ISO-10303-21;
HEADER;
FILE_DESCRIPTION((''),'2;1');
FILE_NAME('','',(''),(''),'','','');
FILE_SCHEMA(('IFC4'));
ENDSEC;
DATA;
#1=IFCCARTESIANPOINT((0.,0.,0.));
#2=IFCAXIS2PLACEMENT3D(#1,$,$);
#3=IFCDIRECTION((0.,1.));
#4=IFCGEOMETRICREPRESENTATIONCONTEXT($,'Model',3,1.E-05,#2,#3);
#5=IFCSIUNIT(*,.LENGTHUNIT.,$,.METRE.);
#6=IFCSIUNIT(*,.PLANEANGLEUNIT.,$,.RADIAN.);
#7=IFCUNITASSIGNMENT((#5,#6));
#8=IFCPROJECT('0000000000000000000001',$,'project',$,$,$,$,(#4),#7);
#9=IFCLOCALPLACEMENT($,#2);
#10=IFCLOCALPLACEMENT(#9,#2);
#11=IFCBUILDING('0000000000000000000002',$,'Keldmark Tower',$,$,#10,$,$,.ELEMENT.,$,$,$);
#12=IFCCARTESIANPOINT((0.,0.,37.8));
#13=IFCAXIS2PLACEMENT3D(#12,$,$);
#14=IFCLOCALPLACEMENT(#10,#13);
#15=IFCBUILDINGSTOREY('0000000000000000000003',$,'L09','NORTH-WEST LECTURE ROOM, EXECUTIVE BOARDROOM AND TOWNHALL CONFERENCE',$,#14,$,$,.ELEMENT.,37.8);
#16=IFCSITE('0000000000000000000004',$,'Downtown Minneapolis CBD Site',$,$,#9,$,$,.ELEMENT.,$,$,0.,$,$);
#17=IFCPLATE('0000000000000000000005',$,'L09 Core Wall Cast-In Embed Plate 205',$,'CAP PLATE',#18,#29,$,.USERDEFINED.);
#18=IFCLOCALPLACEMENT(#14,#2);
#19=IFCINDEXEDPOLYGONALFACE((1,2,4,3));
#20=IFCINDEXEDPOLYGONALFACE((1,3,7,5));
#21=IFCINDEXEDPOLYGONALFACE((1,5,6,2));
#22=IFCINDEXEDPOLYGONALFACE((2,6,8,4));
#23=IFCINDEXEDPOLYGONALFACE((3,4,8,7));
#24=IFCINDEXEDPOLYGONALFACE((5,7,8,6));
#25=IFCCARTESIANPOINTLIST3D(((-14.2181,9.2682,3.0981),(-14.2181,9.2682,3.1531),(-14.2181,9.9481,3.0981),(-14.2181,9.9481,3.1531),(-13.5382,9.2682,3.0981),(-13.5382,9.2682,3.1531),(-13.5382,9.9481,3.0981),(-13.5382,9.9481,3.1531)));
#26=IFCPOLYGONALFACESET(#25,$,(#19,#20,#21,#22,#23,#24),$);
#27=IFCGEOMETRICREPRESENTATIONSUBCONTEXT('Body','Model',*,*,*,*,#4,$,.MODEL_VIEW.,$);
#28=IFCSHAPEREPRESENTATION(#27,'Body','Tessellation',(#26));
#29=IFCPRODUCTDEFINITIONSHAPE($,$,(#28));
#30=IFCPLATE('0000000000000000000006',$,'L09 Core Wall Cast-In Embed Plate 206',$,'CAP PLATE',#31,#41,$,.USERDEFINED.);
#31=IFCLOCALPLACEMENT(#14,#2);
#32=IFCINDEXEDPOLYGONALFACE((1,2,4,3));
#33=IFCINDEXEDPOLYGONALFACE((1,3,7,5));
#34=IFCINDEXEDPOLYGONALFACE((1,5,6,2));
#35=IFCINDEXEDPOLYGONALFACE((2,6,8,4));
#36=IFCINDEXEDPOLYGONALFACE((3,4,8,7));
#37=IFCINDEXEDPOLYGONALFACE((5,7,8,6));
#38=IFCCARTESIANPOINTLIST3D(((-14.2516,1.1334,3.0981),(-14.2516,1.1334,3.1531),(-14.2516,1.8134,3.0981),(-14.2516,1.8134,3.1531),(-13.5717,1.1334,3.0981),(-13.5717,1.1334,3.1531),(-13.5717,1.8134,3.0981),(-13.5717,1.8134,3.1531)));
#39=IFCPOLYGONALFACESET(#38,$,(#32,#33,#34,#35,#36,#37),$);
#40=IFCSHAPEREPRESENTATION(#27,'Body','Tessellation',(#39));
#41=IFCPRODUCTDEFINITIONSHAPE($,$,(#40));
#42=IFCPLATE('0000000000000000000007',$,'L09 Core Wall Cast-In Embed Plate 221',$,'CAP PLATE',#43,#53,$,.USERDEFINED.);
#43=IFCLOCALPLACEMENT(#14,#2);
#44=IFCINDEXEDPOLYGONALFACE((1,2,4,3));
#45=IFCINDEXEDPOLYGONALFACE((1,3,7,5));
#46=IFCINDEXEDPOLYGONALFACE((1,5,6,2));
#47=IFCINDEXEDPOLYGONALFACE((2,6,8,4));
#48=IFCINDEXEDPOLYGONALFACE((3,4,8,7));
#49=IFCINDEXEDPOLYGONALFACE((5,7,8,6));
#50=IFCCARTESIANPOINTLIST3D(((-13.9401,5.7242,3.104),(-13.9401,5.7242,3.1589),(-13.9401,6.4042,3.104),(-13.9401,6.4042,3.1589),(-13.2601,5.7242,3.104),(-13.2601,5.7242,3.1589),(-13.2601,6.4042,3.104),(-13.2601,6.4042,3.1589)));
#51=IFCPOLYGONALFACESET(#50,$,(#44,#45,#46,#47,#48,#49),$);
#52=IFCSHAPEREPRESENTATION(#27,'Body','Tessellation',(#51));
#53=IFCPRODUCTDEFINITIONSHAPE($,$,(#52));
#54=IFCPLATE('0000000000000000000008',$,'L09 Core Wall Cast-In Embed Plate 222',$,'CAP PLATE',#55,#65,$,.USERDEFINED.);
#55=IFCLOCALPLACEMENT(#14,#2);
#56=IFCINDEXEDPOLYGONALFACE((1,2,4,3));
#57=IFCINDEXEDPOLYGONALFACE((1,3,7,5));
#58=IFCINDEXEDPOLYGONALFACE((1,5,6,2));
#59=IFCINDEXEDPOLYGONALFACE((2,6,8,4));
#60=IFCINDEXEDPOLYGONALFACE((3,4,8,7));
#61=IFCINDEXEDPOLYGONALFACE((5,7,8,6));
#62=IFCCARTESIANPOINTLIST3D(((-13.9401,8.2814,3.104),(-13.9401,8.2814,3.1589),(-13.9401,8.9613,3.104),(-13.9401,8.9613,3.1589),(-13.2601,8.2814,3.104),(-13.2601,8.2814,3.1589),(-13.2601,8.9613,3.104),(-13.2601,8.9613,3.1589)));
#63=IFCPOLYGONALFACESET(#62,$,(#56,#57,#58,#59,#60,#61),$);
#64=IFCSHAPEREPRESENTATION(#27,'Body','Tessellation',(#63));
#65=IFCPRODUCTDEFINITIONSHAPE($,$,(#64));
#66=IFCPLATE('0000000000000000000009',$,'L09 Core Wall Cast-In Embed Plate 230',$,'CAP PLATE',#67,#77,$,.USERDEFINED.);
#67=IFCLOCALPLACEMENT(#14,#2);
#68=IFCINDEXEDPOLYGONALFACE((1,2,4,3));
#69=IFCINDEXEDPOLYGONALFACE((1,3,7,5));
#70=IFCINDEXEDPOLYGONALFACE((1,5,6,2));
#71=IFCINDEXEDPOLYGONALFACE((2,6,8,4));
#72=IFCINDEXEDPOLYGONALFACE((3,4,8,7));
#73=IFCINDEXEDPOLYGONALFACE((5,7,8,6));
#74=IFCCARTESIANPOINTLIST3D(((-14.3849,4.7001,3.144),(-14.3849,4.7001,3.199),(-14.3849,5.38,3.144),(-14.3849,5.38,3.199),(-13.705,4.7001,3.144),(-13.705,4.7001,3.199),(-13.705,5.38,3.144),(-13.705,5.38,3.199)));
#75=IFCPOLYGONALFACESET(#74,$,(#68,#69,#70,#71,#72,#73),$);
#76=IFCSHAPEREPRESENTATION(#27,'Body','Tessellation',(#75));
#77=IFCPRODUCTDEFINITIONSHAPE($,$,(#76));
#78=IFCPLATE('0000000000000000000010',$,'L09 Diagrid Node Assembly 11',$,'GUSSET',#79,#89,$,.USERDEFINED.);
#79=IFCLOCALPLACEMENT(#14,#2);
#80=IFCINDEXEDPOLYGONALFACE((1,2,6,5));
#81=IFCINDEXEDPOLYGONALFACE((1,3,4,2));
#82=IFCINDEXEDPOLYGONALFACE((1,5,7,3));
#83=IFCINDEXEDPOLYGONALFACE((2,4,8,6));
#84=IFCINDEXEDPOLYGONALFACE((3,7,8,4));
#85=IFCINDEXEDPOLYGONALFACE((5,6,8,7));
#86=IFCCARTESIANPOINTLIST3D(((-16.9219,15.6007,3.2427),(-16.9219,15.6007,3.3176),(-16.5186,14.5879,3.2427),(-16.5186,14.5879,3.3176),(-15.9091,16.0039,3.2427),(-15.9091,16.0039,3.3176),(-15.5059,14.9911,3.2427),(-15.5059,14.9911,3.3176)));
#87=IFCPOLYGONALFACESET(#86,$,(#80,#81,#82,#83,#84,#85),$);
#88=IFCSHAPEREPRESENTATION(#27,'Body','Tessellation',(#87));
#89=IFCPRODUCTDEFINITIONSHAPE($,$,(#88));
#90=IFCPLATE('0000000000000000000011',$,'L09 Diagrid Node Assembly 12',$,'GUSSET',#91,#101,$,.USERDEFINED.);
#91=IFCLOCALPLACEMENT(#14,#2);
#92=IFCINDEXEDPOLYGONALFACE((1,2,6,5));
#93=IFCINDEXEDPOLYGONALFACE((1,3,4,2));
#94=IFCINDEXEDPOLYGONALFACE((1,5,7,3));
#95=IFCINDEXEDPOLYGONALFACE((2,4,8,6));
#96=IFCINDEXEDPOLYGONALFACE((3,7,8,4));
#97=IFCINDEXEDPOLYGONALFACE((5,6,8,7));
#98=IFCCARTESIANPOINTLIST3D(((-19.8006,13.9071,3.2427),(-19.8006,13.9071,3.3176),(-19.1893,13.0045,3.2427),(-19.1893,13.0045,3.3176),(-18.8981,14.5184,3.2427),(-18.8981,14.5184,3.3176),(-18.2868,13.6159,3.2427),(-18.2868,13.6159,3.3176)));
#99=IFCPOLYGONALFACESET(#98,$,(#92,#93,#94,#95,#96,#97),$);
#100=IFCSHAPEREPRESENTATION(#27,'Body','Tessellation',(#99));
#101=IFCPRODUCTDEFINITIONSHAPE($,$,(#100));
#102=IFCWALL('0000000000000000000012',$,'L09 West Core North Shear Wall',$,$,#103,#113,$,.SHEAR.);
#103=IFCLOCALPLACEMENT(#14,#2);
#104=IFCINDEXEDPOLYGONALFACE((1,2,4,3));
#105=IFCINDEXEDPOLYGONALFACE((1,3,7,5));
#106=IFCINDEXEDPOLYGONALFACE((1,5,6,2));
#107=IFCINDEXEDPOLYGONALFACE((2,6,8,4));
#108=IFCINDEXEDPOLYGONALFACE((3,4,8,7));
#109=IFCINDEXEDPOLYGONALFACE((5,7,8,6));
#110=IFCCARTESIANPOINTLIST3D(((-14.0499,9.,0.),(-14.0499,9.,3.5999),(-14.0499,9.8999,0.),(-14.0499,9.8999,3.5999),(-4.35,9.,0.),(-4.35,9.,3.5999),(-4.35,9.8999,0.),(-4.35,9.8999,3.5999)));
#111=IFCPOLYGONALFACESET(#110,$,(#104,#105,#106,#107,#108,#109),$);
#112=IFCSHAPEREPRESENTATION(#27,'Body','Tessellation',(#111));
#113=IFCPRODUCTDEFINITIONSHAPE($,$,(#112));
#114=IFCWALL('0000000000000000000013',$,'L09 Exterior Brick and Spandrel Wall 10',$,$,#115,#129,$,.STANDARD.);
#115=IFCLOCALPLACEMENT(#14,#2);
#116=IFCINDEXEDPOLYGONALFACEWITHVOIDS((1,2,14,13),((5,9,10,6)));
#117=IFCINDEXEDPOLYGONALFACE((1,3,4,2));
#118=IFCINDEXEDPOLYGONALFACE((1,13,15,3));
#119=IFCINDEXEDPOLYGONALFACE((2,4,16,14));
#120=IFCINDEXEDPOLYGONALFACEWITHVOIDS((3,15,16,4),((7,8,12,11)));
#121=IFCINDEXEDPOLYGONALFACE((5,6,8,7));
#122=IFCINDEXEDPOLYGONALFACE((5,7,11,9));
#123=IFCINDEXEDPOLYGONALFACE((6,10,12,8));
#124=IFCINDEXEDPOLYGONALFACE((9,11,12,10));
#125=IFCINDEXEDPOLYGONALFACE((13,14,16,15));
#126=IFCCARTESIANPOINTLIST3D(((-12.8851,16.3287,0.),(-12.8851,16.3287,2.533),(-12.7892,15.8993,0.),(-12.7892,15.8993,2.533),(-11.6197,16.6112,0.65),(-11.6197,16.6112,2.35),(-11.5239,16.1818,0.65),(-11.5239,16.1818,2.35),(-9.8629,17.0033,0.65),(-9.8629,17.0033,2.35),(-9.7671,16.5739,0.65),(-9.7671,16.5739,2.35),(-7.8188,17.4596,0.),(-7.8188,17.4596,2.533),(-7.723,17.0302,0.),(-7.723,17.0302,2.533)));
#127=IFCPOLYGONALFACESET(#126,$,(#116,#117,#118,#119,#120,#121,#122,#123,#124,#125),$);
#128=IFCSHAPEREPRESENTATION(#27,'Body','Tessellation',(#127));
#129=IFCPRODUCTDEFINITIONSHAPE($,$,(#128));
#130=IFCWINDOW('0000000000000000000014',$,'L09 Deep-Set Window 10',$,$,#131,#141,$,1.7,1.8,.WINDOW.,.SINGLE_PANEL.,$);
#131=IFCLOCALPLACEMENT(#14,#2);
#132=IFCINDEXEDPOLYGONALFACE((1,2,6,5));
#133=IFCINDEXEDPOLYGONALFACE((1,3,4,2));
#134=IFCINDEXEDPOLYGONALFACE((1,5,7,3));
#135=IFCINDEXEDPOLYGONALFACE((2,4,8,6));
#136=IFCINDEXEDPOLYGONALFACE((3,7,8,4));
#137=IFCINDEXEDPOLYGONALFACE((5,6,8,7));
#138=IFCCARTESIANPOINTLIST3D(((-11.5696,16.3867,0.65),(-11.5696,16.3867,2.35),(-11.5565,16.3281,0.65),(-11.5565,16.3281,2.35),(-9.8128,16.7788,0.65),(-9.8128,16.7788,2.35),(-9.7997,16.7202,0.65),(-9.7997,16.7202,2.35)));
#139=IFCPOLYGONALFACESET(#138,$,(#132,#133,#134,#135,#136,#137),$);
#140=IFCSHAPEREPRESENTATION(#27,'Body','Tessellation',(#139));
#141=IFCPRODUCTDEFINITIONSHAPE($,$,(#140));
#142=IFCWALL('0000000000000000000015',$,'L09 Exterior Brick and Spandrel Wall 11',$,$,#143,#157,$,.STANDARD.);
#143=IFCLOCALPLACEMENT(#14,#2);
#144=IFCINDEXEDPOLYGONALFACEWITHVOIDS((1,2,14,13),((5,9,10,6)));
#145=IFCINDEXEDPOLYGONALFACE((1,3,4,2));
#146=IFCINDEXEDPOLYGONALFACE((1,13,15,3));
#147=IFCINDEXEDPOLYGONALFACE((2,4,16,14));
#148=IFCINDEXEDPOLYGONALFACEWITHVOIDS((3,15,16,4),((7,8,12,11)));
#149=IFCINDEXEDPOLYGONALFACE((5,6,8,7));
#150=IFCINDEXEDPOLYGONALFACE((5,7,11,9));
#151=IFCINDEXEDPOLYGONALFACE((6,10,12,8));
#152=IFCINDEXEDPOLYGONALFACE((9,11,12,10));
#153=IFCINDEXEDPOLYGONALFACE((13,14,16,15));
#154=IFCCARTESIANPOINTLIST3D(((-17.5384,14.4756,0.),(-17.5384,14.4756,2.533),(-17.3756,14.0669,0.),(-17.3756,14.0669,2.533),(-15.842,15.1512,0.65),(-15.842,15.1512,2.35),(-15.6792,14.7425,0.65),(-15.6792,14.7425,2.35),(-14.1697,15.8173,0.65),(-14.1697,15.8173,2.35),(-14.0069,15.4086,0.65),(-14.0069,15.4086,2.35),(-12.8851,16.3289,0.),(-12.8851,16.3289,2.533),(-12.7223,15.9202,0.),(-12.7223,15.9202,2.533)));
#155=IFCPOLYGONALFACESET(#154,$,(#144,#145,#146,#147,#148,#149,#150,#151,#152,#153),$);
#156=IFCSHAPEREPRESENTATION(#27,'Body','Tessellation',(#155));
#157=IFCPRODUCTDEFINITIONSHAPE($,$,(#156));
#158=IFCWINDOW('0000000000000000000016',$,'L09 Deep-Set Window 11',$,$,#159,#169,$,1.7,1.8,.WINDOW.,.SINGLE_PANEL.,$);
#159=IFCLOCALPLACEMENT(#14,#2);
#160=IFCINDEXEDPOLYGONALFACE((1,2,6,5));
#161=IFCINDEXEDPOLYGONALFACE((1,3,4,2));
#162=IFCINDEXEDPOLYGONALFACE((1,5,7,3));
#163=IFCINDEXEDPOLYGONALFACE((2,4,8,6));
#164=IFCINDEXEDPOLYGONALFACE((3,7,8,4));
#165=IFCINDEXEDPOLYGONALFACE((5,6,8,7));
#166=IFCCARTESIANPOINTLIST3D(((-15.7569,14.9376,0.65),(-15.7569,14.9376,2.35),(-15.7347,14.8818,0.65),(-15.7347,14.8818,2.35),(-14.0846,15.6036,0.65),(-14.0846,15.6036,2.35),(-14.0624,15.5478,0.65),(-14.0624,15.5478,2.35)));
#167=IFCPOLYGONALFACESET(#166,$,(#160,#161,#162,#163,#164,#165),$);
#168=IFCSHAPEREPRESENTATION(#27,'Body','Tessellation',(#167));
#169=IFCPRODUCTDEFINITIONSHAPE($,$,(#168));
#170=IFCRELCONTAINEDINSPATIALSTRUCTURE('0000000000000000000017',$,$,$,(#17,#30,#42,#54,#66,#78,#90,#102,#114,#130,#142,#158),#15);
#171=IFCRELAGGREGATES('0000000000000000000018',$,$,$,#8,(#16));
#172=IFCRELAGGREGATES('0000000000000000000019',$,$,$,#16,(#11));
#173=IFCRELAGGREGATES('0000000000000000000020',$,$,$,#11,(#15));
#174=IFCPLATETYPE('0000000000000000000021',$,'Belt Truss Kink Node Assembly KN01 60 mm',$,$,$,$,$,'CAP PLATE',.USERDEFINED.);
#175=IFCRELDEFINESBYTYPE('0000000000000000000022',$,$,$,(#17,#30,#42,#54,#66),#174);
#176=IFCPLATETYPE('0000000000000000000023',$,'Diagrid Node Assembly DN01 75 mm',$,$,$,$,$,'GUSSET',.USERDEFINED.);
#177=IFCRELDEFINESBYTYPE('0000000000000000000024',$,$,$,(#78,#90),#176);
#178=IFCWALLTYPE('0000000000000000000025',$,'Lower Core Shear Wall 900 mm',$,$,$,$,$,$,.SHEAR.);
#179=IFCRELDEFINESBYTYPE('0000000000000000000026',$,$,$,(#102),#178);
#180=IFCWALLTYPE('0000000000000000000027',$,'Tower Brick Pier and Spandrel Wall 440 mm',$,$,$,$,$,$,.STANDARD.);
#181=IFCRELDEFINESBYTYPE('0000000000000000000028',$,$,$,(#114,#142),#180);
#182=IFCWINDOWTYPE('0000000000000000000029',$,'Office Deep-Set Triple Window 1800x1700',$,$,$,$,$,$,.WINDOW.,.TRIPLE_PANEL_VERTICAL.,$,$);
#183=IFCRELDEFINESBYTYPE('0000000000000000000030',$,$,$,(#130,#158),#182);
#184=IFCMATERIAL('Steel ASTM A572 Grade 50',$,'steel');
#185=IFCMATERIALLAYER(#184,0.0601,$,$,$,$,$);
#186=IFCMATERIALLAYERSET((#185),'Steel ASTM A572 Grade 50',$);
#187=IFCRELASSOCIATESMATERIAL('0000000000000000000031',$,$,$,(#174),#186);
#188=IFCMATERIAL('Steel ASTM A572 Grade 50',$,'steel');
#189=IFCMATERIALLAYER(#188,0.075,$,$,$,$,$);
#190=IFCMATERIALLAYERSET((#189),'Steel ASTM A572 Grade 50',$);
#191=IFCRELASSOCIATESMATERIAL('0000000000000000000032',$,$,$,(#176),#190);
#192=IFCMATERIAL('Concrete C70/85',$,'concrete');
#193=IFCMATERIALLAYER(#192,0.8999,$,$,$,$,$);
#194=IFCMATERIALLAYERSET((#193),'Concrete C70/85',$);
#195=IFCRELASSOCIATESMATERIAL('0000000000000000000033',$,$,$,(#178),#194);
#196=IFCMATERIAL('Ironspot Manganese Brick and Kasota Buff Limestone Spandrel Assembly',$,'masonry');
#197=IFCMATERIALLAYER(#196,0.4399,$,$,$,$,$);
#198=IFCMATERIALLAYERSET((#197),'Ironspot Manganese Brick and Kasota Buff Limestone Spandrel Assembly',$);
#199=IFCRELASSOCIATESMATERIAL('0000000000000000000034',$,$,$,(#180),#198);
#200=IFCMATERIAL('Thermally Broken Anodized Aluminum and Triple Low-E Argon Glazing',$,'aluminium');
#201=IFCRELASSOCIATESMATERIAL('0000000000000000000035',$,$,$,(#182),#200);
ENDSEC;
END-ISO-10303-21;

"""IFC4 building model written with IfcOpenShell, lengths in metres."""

from ifc_helpers import new_model, si_unit, direction, frame, frame_2d, origin, origin_2d, place, context, subcontext, project, spatial, rectangle, extrude, material, layer, layer_set, type_object, element, fill, save


model = new_model("IFC4")

# Units and contexts
model_context = context("Model", 3, precision=1e-05, world=origin(), true_north=direction((0.0, 1.0)))
body_context = subcontext(model_context, "Body", "Model", "MODEL_VIEW")
ifc_project = project(units=[si_unit("LENGTHUNIT", "METRE"), si_unit("PLANEANGLEUNIT", "RADIAN")], contexts=[model_context])

# Site, building, storey
site_placement = place(None, origin())
site = spatial("IfcSite", under=ifc_project, at=site_placement, Name="Downtown Minneapolis CBD Site", CompositionType="ELEMENT", RefElevation=0.0)
building_placement = place(site_placement, origin())
building = spatial("IfcBuilding", under=site, at=building_placement, Name="Keldmark Tower", CompositionType="ELEMENT")
storey_placement = place(building_placement, frame((0.0, 0.0, 37.8)))
storey = spatial("IfcBuildingStorey", under=building, at=storey_placement, Name="L09", Description="NORTH-WEST LECTURE ROOM, EXECUTIVE BOARDROOM AND TOWNHALL CONFERENCE", CompositionType="ELEMENT", Elevation=37.8)

# Plates
ifc_material_1 = material(Name="Steel ASTM A572 Grade 50", Category="steel")
ifc_layer_1 = layer(ifc_material_1, 0.0601)
ifc_layer_set_1 = layer_set([ifc_layer_1], Name="Steel ASTM A572 Grade 50")
plate_type_1 = type_object("IfcPlateType", Name="Belt Truss Kink Node Assembly KN01 60 mm", ElementType="CAP PLATE", PredefinedType="USERDEFINED", material=ifc_layer_set_1)
for number, where, z_axis, x_axis, name in (
    (1, (-13.8782, 9.6082, 3.0981), (0.0, 0.0, 1.0), (1.0, 0.0, 0.0), "L09 Core Wall Cast-In Embed Plate 205"),
    (2, (-13.9116, 1.4734, 3.0981), (0.0, 0.0, 1.0), (1.0, 0.0, 0.0), "L09 Core Wall Cast-In Embed Plate 206"),
    (3, (-13.6001, 6.0642, 3.104), (0.0, 0.0, 1.0), (1.0, 0.0, 0.0), "L09 Core Wall Cast-In Embed Plate 221"),
    (4, (-13.6001, 8.6213, 3.104), (0.0, 0.0, 1.0), (1.0, 0.0, 0.0), "L09 Core Wall Cast-In Embed Plate 222"),
    (5, (-14.0449, 5.04, 3.144), (0.0, 0.0, 1.0), (1.0, 0.0, 0.0), "L09 Core Wall Cast-In Embed Plate 230"),
):
    element("IfcPlate", number, at=place(storey_placement, frame(where, z_axis=z_axis, x_axis=x_axis)), inside=storey, type_object=plate_type_1, Name=name, ObjectType="CAP PLATE", PredefinedType="USERDEFINED", context=body_context, shape_type="SweptSolid", body=[
        extrude(rectangle(XDim=0.6799, YDim=0.6799, at=origin_2d()), origin(), (0.0, 0.0, 1.0), 0.0549),
    ])
ifc_material_2 = material(Name="Steel ASTM A572 Grade 50", Category="steel")
ifc_layer_2 = layer(ifc_material_2, 0.075)
ifc_layer_set_2 = layer_set([ifc_layer_2], Name="Steel ASTM A572 Grade 50")
plate_type_2 = type_object("IfcPlateType", Name="Diagrid Node Assembly DN01 75 mm", ElementType="GUSSET", PredefinedType="USERDEFINED", material=ifc_layer_set_2)
for number, where, z_axis, x_axis, name in (
    (6, (-16.2139, 15.2959, 3.2427), (0.0, 0.0, 1.0), (-0.929068, -0.369909, 0.0), "L09 Diagrid Node Assembly 11"),
    (7, (-19.0437, 13.7615, 3.2427), (0.0, 0.0, 1.0), (-0.827962, -0.560784, 0.0), "L09 Diagrid Node Assembly 12"),
):
    element("IfcPlate", number, at=place(storey_placement, frame(where, z_axis=z_axis, x_axis=x_axis)), inside=storey, type_object=plate_type_2, Name=name, ObjectType="GUSSET", PredefinedType="USERDEFINED", context=body_context, shape_type="SweptSolid", body=[
        extrude(rectangle(XDim=1.0901, YDim=1.0901, at=origin_2d()), origin(), (0.0, 0.0, 1.0), 0.075),
    ])

# Wall
ifc_material_3 = material(Name="Concrete C70/85", Category="concrete")
ifc_layer_3 = layer(ifc_material_3, 0.8999)
ifc_layer_set_3 = layer_set([ifc_layer_3], Name="Concrete C70/85")
wall_type_1 = type_object("IfcWallType", Name="Lower Core Shear Wall 900 mm", PredefinedType="SHEAR", material=ifc_layer_set_3)
wall_1_placement = place(storey_placement, frame((-14.05, 9.45, 0.0), z_axis=(0.0, 0.0, 1.0), x_axis=(1.0, 0.0, 0.0)))
element("IfcWall", 8, at=wall_1_placement, inside=storey, type_object=wall_type_1, Name="L09 West Core North Shear Wall", PredefinedType="SHEAR", context=body_context, shape_type="SweptSolid", body=[
    extrude(rectangle(XDim=9.7, YDim=0.8999, at=frame_2d((4.8501, 0.0))), origin(), (0.0, 0.0, 1.0), 3.5999),
])

# Walls, openings, windows
ifc_material_4 = material(Name="Ironspot Manganese Brick and Kasota Buff Limestone Spandrel Assembly", Category="masonry")
ifc_layer_4 = layer(ifc_material_4, 0.4399)
ifc_layer_set_4 = layer_set([ifc_layer_4], Name="Ironspot Manganese Brick and Kasota Buff Limestone Spandrel Assembly")
wall_type_2 = type_object("IfcWallType", Name="Tower Brick Pier and Spandrel Wall 440 mm", PredefinedType="STANDARD", material=ifc_layer_set_4)
wall_2_placement = place(storey_placement, frame((-12.8372, 16.114, 0.0), z_axis=(0.0, 0.0, 1.0), x_axis=(0.975981, 0.217857, 0.0)))
wall_2 = element("IfcWall", 9, at=wall_2_placement, inside=storey, type_object=wall_type_2, Name="L09 Exterior Brick and Spandrel Wall 10", PredefinedType="STANDARD", context=body_context, shape_type="SweptSolid", body=[
    extrude(rectangle(XDim=5.1909, YDim=0.4399, at=frame_2d((2.5955, 0.0))), origin(), (0.0, 0.0, 1.0), 2.533),
])
opening_1_placement = place(wall_2_placement, frame((1.2966, 0.0, 0.6499)))
opening_1 = element("IfcOpeningElement", 10, at=opening_1_placement, cuts=wall_2, PredefinedType="OPENING", context=body_context, shape_type="SweptSolid", body=[
    extrude(rectangle(XDim=1.8, YDim=1.7, at=frame_2d((0.8999, 0.8501))), frame((0.0, 0.23, 0.0), z_axis=(0.0, -1.0, 0.0), x_axis=(1.0, 0.0, 0.0)), (0.0, 0.0, 1.0), 0.46),
])
ifc_material_5 = material(Name="Thermally Broken Anodized Aluminum and Triple Low-E Argon Glazing", Category="aluminium")
window_type = type_object("IfcWindowType", Name="Office Deep-Set Triple Window 1800x1700", PartitioningType="TRIPLE_PANEL_VERTICAL", PredefinedType="WINDOW", material=ifc_material_5)
window_1_placement = place(opening_1_placement, origin())
window_1 = element("IfcWindow", 11, at=window_1_placement, inside=storey, type_object=window_type, Name="L09 Deep-Set Window 10", OverallHeight=1.7, OverallWidth=1.8, PartitioningType="SINGLE_PANEL", PredefinedType="WINDOW", context=body_context, shape_type="SweptSolid", body=[
    extrude(rectangle(XDim=1.8, YDim=1.7, at=frame_2d((0.8999, 0.8501))), frame((0.0, -0.01, 0.0), z_axis=(0.0, -1.0, 0.0), x_axis=(1.0, 0.0, 0.0)), (0.0, 0.0, 1.0), 0.0601),
])
fill(opening_1, window_1)
wall_3_placement = place(storey_placement, frame((-17.457, 14.2712, 0.0), z_axis=(0.0, 0.0, 1.0), x_axis=(0.92903, 0.370004, 0.0)))
wall_3 = element("IfcWall", 12, at=wall_3_placement, inside=storey, type_object=wall_type_2, Name="L09 Exterior Brick and Spandrel Wall 11", PredefinedType="STANDARD", context=body_context, shape_type="SweptSolid", body=[
    extrude(rectangle(XDim=5.0088, YDim=0.4399, at=frame_2d((2.5044, 0.0))), origin(), (0.0, 0.0, 1.0), 2.533),
])
opening_2_placement = place(wall_3_placement, frame((1.8262, 0.0, 0.6499)))
opening_2 = element("IfcOpeningElement", 13, at=opening_2_placement, cuts=wall_3, PredefinedType="OPENING", context=body_context, shape_type="SweptSolid", body=[
    extrude(rectangle(XDim=1.8, YDim=1.7, at=frame_2d((0.8999, 0.8501))), frame((0.0, 0.23, 0.0), z_axis=(0.0, -1.0, 0.0), x_axis=(1.0, 0.0, 0.0)), (0.0, 0.0, 1.0), 0.46),
])
window_2_placement = place(opening_2_placement, origin())
window_2 = element("IfcWindow", 14, at=window_2_placement, inside=storey, type_object=window_type, Name="L09 Deep-Set Window 11", OverallHeight=1.7, OverallWidth=1.8, PartitioningType="SINGLE_PANEL", PredefinedType="WINDOW", context=body_context, shape_type="SweptSolid", body=[
    extrude(rectangle(XDim=1.8, YDim=1.7, at=frame_2d((0.8999, 0.8501))), frame((0.0, -0.01, 0.0), z_axis=(0.0, -1.0, 0.0), x_axis=(1.0, 0.0, 0.0)), (0.0, 0.0, 1.0), 0.0601),
])
fill(opening_2, window_2)

save(model, "model.ifc")
